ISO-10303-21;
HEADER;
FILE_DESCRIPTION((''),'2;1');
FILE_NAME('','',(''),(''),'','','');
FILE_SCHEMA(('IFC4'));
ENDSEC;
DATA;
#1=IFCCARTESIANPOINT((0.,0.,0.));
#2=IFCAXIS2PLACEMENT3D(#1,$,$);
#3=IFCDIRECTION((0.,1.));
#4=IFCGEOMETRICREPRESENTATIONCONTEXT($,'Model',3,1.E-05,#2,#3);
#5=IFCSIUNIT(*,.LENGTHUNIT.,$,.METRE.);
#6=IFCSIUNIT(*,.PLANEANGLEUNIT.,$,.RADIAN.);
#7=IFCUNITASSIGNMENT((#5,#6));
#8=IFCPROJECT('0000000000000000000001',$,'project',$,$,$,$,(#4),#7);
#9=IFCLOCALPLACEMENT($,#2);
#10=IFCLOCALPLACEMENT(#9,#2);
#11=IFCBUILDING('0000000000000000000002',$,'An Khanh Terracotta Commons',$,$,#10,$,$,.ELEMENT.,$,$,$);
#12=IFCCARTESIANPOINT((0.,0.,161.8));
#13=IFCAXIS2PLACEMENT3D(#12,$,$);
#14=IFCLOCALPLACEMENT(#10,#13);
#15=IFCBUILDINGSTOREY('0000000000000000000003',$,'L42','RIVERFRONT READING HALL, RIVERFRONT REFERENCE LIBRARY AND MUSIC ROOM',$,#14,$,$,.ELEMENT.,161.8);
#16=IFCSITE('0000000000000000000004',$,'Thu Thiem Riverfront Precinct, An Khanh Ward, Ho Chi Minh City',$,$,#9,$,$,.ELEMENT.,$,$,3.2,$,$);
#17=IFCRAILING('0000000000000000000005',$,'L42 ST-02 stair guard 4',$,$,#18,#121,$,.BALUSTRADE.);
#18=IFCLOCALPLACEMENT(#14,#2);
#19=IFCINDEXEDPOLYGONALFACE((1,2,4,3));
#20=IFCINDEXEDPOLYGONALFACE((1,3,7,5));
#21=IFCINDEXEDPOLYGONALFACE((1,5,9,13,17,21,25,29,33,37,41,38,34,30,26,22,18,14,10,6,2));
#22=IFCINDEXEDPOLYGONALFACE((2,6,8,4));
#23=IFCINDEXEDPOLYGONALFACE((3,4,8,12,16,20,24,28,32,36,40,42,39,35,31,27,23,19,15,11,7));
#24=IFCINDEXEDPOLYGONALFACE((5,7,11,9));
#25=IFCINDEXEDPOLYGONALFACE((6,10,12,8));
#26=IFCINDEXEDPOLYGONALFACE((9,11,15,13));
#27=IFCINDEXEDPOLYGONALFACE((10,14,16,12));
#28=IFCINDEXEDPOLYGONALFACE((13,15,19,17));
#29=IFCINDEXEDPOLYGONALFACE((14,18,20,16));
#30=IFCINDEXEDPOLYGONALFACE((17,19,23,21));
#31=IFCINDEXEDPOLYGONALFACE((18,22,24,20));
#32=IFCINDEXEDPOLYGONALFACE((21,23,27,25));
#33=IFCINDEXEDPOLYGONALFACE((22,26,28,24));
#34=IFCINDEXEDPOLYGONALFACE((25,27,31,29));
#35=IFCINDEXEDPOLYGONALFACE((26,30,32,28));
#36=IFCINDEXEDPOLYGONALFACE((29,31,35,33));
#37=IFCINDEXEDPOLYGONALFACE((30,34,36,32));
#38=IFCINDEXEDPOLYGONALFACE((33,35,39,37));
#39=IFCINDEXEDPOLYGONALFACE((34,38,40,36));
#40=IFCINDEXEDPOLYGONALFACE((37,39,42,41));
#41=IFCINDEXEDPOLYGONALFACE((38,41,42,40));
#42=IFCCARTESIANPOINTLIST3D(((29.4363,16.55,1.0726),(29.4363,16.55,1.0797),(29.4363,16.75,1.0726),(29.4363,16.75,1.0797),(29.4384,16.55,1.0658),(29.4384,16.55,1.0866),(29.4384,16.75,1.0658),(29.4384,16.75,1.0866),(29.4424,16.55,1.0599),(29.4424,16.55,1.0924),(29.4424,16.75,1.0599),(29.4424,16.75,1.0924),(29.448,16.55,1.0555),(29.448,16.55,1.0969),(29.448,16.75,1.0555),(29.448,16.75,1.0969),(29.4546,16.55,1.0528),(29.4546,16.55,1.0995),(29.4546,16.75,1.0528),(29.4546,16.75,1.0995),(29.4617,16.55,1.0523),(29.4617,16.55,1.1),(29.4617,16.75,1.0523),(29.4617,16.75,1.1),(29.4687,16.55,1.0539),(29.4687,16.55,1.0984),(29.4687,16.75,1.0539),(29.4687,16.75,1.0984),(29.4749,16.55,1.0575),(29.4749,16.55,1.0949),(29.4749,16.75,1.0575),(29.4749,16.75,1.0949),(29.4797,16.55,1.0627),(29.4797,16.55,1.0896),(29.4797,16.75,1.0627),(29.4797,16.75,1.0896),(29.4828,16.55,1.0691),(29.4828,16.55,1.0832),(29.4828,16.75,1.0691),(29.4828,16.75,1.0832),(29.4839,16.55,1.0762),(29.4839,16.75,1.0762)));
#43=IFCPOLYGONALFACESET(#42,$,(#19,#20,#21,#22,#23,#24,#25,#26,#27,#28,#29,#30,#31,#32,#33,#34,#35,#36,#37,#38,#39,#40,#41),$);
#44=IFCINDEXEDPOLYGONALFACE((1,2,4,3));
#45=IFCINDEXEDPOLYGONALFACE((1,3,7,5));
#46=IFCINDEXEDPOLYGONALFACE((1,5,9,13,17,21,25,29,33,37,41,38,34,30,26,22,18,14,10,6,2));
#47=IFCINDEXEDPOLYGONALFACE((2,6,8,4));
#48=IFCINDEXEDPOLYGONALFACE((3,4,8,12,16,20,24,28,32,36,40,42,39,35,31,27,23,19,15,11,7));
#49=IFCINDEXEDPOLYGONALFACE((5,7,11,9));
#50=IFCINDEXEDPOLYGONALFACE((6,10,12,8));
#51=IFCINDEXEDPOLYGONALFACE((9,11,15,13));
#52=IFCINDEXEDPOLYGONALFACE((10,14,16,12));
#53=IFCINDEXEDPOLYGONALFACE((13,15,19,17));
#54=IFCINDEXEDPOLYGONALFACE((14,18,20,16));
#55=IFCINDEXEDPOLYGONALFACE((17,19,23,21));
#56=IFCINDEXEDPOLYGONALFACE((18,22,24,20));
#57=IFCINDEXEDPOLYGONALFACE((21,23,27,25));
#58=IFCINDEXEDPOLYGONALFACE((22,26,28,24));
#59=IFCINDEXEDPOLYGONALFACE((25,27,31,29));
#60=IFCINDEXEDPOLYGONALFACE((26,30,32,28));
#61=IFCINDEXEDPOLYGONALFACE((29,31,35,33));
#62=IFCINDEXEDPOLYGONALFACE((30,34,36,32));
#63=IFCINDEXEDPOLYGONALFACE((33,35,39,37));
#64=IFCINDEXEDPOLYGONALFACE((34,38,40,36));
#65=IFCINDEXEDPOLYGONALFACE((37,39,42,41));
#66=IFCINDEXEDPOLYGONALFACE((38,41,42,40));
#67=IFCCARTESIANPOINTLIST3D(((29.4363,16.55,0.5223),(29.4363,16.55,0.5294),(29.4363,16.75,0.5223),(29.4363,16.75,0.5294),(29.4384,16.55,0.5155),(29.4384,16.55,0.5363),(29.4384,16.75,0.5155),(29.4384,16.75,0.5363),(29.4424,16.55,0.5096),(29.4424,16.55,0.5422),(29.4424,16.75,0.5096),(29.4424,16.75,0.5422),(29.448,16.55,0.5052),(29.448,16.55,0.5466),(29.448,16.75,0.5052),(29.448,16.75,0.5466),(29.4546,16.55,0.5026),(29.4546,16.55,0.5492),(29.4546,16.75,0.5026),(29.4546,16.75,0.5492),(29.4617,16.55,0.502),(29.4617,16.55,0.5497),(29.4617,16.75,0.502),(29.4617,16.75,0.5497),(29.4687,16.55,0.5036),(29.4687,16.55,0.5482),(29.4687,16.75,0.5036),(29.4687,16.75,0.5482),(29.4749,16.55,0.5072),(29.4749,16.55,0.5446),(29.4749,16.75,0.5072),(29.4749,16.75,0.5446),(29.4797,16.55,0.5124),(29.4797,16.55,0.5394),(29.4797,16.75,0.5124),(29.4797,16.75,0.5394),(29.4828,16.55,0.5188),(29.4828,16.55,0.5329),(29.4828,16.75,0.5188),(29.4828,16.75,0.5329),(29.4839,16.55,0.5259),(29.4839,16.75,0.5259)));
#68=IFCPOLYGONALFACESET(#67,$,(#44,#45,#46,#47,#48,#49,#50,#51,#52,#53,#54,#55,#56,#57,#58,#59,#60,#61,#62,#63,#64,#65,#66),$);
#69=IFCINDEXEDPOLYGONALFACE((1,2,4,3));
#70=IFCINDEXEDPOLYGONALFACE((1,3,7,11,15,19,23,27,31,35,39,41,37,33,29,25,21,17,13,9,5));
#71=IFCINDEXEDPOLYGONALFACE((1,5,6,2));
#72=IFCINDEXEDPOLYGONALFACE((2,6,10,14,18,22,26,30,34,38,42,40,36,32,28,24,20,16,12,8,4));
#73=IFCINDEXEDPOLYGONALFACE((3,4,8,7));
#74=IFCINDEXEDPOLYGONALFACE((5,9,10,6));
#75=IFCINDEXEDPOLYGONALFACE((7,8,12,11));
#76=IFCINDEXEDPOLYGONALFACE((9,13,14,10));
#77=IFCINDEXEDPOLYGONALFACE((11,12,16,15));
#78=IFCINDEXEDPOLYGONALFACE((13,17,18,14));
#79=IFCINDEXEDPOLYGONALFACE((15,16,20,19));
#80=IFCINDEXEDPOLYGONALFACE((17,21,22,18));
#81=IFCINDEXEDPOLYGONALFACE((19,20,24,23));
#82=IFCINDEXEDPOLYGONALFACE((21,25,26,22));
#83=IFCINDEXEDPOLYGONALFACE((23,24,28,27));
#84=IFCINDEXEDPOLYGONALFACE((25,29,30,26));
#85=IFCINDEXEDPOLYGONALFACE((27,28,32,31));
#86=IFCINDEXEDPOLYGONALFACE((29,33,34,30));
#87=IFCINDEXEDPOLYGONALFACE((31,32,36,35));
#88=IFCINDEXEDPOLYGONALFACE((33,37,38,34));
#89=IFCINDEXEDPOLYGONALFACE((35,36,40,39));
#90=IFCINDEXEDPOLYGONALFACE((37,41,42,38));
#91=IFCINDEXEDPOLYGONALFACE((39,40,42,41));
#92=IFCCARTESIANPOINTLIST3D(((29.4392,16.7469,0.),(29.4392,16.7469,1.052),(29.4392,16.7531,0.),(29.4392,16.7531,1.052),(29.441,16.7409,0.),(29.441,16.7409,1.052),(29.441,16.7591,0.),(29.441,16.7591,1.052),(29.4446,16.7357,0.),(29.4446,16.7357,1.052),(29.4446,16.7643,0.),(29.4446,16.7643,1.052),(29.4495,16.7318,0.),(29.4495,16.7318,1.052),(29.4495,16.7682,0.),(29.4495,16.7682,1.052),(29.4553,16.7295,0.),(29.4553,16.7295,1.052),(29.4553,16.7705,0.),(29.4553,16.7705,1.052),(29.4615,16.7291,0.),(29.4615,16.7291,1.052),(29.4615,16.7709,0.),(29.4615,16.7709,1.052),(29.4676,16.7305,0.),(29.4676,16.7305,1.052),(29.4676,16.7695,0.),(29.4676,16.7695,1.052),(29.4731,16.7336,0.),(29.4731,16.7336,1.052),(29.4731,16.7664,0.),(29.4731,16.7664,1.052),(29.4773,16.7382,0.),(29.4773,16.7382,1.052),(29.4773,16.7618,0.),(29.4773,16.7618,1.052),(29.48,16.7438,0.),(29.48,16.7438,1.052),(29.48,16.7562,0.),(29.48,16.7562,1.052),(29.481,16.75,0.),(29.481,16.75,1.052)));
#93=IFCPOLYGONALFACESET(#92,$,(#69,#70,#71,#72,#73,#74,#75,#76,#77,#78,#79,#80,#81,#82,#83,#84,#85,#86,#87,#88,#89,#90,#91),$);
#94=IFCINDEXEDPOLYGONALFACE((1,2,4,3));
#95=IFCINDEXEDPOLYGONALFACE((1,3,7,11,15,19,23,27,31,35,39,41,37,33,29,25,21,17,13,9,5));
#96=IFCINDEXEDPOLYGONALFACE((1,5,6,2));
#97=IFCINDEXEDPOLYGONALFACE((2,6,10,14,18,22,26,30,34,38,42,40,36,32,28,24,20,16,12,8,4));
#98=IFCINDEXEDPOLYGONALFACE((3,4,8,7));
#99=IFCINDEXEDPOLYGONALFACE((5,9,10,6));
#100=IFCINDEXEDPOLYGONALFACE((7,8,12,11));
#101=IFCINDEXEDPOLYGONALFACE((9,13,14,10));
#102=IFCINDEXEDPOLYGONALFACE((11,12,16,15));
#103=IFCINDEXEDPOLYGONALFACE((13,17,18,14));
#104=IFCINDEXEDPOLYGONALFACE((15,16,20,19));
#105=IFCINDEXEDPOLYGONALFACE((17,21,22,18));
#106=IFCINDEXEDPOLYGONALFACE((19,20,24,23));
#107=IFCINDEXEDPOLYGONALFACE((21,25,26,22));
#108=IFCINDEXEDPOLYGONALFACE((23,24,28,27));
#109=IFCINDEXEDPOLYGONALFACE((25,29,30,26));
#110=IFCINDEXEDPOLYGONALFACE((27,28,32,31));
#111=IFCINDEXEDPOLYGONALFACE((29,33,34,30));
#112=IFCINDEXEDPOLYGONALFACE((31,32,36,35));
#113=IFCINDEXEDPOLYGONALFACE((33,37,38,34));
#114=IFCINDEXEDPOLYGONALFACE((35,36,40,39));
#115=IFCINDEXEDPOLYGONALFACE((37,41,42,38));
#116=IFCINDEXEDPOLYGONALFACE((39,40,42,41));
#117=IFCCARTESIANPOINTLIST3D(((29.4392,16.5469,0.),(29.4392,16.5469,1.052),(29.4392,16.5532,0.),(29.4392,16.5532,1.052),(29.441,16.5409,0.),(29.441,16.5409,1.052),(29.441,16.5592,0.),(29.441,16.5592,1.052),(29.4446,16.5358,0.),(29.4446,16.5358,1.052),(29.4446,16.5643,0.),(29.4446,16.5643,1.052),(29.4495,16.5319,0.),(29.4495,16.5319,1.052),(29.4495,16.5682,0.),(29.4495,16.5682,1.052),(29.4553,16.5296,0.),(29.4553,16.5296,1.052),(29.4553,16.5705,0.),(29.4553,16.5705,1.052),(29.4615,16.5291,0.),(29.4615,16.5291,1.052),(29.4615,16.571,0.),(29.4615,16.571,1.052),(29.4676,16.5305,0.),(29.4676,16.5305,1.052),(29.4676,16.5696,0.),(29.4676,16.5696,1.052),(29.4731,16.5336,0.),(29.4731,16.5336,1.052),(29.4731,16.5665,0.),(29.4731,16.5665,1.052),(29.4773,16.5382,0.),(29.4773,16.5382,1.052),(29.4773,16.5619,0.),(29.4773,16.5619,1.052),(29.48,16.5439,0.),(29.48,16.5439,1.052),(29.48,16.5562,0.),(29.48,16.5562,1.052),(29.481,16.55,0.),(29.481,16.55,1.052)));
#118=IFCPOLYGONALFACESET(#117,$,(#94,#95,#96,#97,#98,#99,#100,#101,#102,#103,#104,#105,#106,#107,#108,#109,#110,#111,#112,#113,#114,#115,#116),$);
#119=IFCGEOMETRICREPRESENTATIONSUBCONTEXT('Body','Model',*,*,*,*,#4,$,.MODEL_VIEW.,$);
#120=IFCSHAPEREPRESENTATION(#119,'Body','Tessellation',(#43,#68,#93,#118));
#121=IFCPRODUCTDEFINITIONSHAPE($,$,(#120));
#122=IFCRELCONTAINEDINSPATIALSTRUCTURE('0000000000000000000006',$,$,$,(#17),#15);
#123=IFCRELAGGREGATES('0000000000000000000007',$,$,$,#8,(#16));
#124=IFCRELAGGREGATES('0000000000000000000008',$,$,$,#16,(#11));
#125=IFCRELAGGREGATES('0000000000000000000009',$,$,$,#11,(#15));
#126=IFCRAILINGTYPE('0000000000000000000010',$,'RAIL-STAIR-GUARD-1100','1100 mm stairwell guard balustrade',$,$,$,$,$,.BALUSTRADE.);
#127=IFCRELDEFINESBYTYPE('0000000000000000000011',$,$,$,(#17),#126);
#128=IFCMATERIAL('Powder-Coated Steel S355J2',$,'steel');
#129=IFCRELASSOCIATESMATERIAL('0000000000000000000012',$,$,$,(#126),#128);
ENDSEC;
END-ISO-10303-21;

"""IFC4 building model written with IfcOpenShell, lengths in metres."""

from ifc_helpers import new_model, si_unit, direction, frame, origin, origin_2d, place, context, subcontext, project, spatial, circle, extrude, material, type_object, element, save


model = new_model("IFC4")

# Units and contexts
model_context = context("Model", 3, precision=1e-05, world=origin(), true_north=direction((0.0, 1.0)))
body_context = subcontext(model_context, "Body", "Model", "MODEL_VIEW")
ifc_project = project(units=[si_unit("LENGTHUNIT", "METRE"), si_unit("PLANEANGLEUNIT", "RADIAN")], contexts=[model_context])

# Site, building, storey
site_placement = place(None, origin())
site = spatial("IfcSite", under=ifc_project, at=site_placement, Name="Thu Thiem Riverfront Precinct, An Khanh Ward, Ho Chi Minh City", CompositionType="ELEMENT", RefElevation=3.2)
building_placement = place(site_placement, origin())
building = spatial("IfcBuilding", under=site, at=building_placement, Name="An Khanh Terracotta Commons", CompositionType="ELEMENT")
storey_placement = place(building_placement, frame((0.0, 0.0, 161.8)))
storey = spatial("IfcBuildingStorey", under=building, at=storey_placement, Name="L42", Description="RIVERFRONT READING HALL, RIVERFRONT REFERENCE LIBRARY AND MUSIC ROOM", CompositionType="ELEMENT", Elevation=161.8)

# Railing
ifc_material_1 = material(Name="Powder-Coated Steel S355J2", Category="steel")
railing_type_1 = type_object("IfcRailingType", Name="RAIL-STAIR-GUARD-1100", Description="1100 mm stairwell guard balustrade", PredefinedType="BALUSTRADE", material=ifc_material_1)
railing_1_placement = place(storey_placement, frame((29.46, 16.75, 0.0)))
element("IfcRailing", 1, at=railing_1_placement, inside=storey, type_object=railing_type_1, Name="L42 ST-02 stair guard 4", PredefinedType="BALUSTRADE", context=body_context, shape_type="SweptSolid", body=[
    extrude(circle(Radius=0.0239, at=origin_2d()), frame((0.0, 0.0, 1.0762), z_axis=(0.0, -1.0, 0.0), x_axis=(1.0, 0.0, 0.0)), (0.0, 0.0, 1.0), 0.2),
    extrude(circle(Radius=0.0239, at=origin_2d()), frame((0.0, 0.0, 0.5259), z_axis=(0.0, -1.0, 0.0), x_axis=(1.0, 0.0, 0.0)), (0.0, 0.0, 1.0), 0.2),
    extrude(circle(Radius=0.021, at=origin_2d()), origin(), (0.0, 0.0, 1.0), 1.052),
    extrude(circle(Radius=0.021, at=origin_2d()), frame((0.0, -0.2, 0.0)), (0.0, 0.0, 1.0), 1.052),
])

save(model, "model.ifc")
